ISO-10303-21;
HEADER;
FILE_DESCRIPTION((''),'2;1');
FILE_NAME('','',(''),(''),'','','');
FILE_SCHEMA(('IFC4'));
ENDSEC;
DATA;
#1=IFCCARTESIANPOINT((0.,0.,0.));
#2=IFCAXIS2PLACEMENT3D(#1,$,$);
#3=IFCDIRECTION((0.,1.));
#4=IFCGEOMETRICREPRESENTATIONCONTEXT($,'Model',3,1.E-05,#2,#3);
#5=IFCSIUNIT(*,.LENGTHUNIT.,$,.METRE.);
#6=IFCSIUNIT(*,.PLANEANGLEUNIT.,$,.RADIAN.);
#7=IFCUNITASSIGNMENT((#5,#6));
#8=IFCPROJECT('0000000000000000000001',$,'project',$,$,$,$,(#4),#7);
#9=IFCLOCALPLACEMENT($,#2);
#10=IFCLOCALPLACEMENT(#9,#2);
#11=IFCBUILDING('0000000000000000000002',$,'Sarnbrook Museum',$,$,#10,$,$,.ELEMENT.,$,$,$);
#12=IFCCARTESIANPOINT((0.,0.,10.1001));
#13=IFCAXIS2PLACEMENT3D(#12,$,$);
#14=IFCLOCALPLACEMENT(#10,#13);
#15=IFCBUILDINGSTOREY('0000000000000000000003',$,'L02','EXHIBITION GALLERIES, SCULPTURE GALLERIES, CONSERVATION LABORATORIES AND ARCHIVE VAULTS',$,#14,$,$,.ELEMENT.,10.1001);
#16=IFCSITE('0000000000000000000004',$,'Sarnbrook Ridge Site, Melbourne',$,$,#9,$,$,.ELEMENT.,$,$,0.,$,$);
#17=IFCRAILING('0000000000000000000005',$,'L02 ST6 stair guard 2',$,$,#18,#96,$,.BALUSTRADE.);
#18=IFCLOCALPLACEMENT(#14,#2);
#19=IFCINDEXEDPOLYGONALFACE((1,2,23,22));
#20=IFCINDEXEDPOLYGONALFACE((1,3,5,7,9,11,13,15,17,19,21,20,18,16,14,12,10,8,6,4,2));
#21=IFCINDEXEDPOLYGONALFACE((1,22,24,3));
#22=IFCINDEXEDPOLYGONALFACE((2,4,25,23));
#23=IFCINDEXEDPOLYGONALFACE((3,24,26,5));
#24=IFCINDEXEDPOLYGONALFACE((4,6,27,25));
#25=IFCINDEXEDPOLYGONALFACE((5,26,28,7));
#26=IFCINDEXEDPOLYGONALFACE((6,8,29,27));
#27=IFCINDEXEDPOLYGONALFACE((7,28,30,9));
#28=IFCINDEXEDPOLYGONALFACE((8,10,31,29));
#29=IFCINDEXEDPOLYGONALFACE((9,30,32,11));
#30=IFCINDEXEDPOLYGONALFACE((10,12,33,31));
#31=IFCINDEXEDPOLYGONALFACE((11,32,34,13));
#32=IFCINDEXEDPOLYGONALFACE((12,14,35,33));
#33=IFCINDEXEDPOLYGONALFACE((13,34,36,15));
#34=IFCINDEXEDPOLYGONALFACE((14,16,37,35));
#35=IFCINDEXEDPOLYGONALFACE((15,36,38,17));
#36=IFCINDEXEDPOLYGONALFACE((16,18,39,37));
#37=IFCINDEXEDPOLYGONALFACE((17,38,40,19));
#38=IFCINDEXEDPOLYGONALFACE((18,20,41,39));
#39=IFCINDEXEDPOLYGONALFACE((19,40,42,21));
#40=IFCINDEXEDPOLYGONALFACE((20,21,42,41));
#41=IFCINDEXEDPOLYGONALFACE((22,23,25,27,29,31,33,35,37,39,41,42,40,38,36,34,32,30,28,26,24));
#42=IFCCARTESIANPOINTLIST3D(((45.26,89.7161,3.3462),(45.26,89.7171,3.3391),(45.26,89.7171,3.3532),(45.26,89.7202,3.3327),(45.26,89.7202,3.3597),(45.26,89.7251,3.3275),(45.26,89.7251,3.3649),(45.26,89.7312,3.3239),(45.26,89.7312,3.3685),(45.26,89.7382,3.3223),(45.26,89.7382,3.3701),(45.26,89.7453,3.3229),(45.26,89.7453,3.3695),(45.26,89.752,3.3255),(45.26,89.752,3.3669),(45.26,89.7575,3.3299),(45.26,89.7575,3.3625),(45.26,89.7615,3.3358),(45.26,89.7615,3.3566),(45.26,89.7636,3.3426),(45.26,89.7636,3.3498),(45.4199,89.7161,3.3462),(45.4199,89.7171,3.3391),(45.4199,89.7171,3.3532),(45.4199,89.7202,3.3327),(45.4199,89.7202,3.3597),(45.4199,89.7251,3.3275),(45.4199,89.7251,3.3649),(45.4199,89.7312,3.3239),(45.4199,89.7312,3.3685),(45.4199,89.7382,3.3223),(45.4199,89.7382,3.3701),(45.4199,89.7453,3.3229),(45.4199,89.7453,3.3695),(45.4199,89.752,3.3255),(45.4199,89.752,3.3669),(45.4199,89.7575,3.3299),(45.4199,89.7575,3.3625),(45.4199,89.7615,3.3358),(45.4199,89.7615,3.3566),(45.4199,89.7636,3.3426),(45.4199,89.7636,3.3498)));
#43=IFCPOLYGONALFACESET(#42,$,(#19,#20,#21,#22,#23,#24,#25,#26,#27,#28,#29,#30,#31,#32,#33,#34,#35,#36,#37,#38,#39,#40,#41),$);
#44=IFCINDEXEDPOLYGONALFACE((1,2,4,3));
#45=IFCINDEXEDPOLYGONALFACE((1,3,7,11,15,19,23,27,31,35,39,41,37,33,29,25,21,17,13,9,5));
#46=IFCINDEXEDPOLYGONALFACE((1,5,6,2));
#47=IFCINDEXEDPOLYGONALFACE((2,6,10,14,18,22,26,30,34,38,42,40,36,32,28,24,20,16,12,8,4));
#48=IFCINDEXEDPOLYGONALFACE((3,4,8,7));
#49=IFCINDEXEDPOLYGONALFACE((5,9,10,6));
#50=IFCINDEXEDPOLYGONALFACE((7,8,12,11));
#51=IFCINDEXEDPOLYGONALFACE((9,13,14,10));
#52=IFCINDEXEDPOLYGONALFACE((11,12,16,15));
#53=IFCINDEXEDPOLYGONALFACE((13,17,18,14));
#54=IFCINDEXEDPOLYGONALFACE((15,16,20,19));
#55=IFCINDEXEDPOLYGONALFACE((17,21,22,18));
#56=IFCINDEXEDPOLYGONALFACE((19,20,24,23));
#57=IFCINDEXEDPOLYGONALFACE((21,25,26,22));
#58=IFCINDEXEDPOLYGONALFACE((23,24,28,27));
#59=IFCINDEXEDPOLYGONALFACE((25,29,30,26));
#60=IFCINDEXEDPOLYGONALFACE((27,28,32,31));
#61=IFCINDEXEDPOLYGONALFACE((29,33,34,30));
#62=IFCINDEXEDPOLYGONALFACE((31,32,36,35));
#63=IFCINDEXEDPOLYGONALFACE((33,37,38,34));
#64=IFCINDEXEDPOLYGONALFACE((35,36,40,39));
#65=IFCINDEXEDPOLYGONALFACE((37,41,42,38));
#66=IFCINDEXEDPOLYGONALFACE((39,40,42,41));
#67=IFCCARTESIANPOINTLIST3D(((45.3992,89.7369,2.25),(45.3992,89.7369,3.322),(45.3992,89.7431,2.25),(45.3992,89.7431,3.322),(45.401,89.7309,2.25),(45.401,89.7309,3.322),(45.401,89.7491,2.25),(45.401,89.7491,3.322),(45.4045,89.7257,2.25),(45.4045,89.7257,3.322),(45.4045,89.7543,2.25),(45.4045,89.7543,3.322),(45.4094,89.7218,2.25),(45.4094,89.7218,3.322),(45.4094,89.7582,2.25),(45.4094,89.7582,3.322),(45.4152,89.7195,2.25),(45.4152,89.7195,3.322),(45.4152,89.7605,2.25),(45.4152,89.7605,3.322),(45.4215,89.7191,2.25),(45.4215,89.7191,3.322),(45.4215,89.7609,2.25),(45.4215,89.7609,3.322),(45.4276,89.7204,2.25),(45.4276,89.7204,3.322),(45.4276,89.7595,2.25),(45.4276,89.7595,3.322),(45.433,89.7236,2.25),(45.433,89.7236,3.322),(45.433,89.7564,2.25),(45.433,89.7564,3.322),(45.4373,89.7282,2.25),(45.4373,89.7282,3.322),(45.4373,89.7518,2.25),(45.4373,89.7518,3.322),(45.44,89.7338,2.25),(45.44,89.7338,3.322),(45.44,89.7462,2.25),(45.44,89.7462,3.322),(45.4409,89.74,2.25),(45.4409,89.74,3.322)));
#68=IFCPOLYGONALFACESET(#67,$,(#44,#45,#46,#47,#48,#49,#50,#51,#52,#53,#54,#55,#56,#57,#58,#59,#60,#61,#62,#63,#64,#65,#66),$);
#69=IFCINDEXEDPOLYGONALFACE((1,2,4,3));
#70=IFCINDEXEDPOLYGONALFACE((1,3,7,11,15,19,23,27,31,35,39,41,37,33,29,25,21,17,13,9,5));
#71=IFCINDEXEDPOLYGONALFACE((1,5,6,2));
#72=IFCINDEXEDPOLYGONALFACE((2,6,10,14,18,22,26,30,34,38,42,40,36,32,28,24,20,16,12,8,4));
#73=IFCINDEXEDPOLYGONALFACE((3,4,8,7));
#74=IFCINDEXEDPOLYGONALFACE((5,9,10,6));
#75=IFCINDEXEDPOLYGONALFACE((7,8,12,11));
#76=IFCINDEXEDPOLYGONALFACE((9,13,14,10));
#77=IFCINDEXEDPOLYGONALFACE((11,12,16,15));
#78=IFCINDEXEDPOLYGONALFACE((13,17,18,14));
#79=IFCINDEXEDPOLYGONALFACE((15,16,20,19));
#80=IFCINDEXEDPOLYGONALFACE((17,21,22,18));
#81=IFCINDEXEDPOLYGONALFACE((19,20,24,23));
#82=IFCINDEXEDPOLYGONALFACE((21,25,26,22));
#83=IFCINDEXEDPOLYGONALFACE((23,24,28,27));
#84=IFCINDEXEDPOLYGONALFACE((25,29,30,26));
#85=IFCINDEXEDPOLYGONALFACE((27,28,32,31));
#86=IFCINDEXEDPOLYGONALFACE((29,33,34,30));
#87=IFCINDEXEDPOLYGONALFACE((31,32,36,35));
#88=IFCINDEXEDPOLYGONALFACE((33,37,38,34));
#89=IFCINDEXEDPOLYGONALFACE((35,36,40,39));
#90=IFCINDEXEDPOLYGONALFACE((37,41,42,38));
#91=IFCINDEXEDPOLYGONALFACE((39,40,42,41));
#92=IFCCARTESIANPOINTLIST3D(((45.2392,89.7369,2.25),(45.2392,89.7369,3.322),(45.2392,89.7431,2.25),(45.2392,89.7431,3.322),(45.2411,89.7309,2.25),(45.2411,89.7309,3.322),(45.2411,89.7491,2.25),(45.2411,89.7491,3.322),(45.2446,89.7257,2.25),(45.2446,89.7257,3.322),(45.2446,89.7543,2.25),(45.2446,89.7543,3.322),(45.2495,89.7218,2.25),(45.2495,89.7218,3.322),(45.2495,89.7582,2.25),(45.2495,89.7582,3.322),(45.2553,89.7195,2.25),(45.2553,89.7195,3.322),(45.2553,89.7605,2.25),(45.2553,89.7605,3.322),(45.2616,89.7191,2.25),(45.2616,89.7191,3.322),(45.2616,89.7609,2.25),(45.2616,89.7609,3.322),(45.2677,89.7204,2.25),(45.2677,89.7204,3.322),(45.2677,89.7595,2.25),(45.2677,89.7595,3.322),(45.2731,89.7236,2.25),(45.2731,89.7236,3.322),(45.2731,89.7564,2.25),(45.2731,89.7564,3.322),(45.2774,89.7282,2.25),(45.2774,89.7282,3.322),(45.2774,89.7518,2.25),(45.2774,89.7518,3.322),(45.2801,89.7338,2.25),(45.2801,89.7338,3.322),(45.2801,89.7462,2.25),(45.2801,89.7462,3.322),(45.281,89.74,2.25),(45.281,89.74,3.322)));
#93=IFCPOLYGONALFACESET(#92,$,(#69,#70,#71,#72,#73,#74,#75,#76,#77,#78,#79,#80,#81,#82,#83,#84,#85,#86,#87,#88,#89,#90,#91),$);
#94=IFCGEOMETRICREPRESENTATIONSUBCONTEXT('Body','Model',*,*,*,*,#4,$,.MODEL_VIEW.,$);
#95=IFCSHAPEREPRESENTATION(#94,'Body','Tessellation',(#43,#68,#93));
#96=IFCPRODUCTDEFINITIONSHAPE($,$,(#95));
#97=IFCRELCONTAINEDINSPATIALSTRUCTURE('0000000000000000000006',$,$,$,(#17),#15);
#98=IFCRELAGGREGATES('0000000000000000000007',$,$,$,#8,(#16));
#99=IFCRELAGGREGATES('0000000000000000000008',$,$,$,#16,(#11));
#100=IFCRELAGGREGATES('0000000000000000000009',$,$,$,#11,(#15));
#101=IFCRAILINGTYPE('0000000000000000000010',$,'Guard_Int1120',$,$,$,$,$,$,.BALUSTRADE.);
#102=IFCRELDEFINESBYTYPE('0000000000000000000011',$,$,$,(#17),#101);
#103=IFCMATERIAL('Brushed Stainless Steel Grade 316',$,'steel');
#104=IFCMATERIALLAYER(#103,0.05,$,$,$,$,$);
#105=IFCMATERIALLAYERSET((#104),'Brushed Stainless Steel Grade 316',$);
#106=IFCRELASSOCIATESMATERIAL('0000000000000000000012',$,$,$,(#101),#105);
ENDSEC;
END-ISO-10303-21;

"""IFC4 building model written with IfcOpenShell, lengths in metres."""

from ifc_helpers import new_model, si_unit, direction, frame, origin, origin_2d, place, context, subcontext, project, spatial, circle, extrude, material, layer, layer_set, type_object, element, save


model = new_model("IFC4")

# Units and contexts
model_context = context("Model", 3, precision=1e-05, world=origin(), true_north=direction((0.0, 1.0)))
body_context = subcontext(model_context, "Body", "Model", "MODEL_VIEW")
ifc_project = project(units=[si_unit("LENGTHUNIT", "METRE"), si_unit("PLANEANGLEUNIT", "RADIAN")], contexts=[model_context])

# Site, building, storey
site_placement = place(None, origin())
site = spatial("IfcSite", under=ifc_project, at=site_placement, Name="Sarnbrook Ridge Site, Melbourne", CompositionType="ELEMENT", RefElevation=0.0)
building_placement = place(site_placement, origin())
building = spatial("IfcBuilding", under=site, at=building_placement, Name="Sarnbrook Museum", CompositionType="ELEMENT")
storey_placement = place(building_placement, frame((0.0, 0.0, 10.1001)))
storey = spatial("IfcBuildingStorey", under=building, at=storey_placement, Name="L02", Description="EXHIBITION GALLERIES, SCULPTURE GALLERIES, CONSERVATION LABORATORIES AND ARCHIVE VAULTS", CompositionType="ELEMENT", Elevation=10.1001)

# Railing
ifc_material_1 = material(Name="Brushed Stainless Steel Grade 316", Category="steel")
ifc_layer_1 = layer(ifc_material_1, 0.05)
ifc_layer_set_1 = layer_set([ifc_layer_1], Name="Brushed Stainless Steel Grade 316")
railing_type_1 = type_object("IfcRailingType", Name="Guard_Int1120", PredefinedType="BALUSTRADE", material=ifc_layer_set_1)
railing_1_placement = place(storey_placement, frame((45.4199, 89.74, 2.25)))
element("IfcRailing", 1, at=railing_1_placement, inside=storey, type_object=railing_type_1, Name="L02 ST6 stair guard 2", PredefinedType="BALUSTRADE", context=body_context, shape_type="SweptSolid", body=[
    extrude(circle(Radius=0.0239, at=origin_2d()), frame((0.0, 0.0, 1.0962), z_axis=(-1.0, 0.0, 0.0), x_axis=(0.0, -1.0, 0.0)), (0.0, 0.0, 1.0), 0.1599),
    extrude(circle(Radius=0.021, at=origin_2d()), origin(), (0.0, 0.0, 1.0), 1.072),
    extrude(circle(Radius=0.021, at=origin_2d()), frame((-0.1599, 0.0, 0.0)), (0.0, 0.0, 1.0), 1.072),
])

save(model, "model.ifc")
